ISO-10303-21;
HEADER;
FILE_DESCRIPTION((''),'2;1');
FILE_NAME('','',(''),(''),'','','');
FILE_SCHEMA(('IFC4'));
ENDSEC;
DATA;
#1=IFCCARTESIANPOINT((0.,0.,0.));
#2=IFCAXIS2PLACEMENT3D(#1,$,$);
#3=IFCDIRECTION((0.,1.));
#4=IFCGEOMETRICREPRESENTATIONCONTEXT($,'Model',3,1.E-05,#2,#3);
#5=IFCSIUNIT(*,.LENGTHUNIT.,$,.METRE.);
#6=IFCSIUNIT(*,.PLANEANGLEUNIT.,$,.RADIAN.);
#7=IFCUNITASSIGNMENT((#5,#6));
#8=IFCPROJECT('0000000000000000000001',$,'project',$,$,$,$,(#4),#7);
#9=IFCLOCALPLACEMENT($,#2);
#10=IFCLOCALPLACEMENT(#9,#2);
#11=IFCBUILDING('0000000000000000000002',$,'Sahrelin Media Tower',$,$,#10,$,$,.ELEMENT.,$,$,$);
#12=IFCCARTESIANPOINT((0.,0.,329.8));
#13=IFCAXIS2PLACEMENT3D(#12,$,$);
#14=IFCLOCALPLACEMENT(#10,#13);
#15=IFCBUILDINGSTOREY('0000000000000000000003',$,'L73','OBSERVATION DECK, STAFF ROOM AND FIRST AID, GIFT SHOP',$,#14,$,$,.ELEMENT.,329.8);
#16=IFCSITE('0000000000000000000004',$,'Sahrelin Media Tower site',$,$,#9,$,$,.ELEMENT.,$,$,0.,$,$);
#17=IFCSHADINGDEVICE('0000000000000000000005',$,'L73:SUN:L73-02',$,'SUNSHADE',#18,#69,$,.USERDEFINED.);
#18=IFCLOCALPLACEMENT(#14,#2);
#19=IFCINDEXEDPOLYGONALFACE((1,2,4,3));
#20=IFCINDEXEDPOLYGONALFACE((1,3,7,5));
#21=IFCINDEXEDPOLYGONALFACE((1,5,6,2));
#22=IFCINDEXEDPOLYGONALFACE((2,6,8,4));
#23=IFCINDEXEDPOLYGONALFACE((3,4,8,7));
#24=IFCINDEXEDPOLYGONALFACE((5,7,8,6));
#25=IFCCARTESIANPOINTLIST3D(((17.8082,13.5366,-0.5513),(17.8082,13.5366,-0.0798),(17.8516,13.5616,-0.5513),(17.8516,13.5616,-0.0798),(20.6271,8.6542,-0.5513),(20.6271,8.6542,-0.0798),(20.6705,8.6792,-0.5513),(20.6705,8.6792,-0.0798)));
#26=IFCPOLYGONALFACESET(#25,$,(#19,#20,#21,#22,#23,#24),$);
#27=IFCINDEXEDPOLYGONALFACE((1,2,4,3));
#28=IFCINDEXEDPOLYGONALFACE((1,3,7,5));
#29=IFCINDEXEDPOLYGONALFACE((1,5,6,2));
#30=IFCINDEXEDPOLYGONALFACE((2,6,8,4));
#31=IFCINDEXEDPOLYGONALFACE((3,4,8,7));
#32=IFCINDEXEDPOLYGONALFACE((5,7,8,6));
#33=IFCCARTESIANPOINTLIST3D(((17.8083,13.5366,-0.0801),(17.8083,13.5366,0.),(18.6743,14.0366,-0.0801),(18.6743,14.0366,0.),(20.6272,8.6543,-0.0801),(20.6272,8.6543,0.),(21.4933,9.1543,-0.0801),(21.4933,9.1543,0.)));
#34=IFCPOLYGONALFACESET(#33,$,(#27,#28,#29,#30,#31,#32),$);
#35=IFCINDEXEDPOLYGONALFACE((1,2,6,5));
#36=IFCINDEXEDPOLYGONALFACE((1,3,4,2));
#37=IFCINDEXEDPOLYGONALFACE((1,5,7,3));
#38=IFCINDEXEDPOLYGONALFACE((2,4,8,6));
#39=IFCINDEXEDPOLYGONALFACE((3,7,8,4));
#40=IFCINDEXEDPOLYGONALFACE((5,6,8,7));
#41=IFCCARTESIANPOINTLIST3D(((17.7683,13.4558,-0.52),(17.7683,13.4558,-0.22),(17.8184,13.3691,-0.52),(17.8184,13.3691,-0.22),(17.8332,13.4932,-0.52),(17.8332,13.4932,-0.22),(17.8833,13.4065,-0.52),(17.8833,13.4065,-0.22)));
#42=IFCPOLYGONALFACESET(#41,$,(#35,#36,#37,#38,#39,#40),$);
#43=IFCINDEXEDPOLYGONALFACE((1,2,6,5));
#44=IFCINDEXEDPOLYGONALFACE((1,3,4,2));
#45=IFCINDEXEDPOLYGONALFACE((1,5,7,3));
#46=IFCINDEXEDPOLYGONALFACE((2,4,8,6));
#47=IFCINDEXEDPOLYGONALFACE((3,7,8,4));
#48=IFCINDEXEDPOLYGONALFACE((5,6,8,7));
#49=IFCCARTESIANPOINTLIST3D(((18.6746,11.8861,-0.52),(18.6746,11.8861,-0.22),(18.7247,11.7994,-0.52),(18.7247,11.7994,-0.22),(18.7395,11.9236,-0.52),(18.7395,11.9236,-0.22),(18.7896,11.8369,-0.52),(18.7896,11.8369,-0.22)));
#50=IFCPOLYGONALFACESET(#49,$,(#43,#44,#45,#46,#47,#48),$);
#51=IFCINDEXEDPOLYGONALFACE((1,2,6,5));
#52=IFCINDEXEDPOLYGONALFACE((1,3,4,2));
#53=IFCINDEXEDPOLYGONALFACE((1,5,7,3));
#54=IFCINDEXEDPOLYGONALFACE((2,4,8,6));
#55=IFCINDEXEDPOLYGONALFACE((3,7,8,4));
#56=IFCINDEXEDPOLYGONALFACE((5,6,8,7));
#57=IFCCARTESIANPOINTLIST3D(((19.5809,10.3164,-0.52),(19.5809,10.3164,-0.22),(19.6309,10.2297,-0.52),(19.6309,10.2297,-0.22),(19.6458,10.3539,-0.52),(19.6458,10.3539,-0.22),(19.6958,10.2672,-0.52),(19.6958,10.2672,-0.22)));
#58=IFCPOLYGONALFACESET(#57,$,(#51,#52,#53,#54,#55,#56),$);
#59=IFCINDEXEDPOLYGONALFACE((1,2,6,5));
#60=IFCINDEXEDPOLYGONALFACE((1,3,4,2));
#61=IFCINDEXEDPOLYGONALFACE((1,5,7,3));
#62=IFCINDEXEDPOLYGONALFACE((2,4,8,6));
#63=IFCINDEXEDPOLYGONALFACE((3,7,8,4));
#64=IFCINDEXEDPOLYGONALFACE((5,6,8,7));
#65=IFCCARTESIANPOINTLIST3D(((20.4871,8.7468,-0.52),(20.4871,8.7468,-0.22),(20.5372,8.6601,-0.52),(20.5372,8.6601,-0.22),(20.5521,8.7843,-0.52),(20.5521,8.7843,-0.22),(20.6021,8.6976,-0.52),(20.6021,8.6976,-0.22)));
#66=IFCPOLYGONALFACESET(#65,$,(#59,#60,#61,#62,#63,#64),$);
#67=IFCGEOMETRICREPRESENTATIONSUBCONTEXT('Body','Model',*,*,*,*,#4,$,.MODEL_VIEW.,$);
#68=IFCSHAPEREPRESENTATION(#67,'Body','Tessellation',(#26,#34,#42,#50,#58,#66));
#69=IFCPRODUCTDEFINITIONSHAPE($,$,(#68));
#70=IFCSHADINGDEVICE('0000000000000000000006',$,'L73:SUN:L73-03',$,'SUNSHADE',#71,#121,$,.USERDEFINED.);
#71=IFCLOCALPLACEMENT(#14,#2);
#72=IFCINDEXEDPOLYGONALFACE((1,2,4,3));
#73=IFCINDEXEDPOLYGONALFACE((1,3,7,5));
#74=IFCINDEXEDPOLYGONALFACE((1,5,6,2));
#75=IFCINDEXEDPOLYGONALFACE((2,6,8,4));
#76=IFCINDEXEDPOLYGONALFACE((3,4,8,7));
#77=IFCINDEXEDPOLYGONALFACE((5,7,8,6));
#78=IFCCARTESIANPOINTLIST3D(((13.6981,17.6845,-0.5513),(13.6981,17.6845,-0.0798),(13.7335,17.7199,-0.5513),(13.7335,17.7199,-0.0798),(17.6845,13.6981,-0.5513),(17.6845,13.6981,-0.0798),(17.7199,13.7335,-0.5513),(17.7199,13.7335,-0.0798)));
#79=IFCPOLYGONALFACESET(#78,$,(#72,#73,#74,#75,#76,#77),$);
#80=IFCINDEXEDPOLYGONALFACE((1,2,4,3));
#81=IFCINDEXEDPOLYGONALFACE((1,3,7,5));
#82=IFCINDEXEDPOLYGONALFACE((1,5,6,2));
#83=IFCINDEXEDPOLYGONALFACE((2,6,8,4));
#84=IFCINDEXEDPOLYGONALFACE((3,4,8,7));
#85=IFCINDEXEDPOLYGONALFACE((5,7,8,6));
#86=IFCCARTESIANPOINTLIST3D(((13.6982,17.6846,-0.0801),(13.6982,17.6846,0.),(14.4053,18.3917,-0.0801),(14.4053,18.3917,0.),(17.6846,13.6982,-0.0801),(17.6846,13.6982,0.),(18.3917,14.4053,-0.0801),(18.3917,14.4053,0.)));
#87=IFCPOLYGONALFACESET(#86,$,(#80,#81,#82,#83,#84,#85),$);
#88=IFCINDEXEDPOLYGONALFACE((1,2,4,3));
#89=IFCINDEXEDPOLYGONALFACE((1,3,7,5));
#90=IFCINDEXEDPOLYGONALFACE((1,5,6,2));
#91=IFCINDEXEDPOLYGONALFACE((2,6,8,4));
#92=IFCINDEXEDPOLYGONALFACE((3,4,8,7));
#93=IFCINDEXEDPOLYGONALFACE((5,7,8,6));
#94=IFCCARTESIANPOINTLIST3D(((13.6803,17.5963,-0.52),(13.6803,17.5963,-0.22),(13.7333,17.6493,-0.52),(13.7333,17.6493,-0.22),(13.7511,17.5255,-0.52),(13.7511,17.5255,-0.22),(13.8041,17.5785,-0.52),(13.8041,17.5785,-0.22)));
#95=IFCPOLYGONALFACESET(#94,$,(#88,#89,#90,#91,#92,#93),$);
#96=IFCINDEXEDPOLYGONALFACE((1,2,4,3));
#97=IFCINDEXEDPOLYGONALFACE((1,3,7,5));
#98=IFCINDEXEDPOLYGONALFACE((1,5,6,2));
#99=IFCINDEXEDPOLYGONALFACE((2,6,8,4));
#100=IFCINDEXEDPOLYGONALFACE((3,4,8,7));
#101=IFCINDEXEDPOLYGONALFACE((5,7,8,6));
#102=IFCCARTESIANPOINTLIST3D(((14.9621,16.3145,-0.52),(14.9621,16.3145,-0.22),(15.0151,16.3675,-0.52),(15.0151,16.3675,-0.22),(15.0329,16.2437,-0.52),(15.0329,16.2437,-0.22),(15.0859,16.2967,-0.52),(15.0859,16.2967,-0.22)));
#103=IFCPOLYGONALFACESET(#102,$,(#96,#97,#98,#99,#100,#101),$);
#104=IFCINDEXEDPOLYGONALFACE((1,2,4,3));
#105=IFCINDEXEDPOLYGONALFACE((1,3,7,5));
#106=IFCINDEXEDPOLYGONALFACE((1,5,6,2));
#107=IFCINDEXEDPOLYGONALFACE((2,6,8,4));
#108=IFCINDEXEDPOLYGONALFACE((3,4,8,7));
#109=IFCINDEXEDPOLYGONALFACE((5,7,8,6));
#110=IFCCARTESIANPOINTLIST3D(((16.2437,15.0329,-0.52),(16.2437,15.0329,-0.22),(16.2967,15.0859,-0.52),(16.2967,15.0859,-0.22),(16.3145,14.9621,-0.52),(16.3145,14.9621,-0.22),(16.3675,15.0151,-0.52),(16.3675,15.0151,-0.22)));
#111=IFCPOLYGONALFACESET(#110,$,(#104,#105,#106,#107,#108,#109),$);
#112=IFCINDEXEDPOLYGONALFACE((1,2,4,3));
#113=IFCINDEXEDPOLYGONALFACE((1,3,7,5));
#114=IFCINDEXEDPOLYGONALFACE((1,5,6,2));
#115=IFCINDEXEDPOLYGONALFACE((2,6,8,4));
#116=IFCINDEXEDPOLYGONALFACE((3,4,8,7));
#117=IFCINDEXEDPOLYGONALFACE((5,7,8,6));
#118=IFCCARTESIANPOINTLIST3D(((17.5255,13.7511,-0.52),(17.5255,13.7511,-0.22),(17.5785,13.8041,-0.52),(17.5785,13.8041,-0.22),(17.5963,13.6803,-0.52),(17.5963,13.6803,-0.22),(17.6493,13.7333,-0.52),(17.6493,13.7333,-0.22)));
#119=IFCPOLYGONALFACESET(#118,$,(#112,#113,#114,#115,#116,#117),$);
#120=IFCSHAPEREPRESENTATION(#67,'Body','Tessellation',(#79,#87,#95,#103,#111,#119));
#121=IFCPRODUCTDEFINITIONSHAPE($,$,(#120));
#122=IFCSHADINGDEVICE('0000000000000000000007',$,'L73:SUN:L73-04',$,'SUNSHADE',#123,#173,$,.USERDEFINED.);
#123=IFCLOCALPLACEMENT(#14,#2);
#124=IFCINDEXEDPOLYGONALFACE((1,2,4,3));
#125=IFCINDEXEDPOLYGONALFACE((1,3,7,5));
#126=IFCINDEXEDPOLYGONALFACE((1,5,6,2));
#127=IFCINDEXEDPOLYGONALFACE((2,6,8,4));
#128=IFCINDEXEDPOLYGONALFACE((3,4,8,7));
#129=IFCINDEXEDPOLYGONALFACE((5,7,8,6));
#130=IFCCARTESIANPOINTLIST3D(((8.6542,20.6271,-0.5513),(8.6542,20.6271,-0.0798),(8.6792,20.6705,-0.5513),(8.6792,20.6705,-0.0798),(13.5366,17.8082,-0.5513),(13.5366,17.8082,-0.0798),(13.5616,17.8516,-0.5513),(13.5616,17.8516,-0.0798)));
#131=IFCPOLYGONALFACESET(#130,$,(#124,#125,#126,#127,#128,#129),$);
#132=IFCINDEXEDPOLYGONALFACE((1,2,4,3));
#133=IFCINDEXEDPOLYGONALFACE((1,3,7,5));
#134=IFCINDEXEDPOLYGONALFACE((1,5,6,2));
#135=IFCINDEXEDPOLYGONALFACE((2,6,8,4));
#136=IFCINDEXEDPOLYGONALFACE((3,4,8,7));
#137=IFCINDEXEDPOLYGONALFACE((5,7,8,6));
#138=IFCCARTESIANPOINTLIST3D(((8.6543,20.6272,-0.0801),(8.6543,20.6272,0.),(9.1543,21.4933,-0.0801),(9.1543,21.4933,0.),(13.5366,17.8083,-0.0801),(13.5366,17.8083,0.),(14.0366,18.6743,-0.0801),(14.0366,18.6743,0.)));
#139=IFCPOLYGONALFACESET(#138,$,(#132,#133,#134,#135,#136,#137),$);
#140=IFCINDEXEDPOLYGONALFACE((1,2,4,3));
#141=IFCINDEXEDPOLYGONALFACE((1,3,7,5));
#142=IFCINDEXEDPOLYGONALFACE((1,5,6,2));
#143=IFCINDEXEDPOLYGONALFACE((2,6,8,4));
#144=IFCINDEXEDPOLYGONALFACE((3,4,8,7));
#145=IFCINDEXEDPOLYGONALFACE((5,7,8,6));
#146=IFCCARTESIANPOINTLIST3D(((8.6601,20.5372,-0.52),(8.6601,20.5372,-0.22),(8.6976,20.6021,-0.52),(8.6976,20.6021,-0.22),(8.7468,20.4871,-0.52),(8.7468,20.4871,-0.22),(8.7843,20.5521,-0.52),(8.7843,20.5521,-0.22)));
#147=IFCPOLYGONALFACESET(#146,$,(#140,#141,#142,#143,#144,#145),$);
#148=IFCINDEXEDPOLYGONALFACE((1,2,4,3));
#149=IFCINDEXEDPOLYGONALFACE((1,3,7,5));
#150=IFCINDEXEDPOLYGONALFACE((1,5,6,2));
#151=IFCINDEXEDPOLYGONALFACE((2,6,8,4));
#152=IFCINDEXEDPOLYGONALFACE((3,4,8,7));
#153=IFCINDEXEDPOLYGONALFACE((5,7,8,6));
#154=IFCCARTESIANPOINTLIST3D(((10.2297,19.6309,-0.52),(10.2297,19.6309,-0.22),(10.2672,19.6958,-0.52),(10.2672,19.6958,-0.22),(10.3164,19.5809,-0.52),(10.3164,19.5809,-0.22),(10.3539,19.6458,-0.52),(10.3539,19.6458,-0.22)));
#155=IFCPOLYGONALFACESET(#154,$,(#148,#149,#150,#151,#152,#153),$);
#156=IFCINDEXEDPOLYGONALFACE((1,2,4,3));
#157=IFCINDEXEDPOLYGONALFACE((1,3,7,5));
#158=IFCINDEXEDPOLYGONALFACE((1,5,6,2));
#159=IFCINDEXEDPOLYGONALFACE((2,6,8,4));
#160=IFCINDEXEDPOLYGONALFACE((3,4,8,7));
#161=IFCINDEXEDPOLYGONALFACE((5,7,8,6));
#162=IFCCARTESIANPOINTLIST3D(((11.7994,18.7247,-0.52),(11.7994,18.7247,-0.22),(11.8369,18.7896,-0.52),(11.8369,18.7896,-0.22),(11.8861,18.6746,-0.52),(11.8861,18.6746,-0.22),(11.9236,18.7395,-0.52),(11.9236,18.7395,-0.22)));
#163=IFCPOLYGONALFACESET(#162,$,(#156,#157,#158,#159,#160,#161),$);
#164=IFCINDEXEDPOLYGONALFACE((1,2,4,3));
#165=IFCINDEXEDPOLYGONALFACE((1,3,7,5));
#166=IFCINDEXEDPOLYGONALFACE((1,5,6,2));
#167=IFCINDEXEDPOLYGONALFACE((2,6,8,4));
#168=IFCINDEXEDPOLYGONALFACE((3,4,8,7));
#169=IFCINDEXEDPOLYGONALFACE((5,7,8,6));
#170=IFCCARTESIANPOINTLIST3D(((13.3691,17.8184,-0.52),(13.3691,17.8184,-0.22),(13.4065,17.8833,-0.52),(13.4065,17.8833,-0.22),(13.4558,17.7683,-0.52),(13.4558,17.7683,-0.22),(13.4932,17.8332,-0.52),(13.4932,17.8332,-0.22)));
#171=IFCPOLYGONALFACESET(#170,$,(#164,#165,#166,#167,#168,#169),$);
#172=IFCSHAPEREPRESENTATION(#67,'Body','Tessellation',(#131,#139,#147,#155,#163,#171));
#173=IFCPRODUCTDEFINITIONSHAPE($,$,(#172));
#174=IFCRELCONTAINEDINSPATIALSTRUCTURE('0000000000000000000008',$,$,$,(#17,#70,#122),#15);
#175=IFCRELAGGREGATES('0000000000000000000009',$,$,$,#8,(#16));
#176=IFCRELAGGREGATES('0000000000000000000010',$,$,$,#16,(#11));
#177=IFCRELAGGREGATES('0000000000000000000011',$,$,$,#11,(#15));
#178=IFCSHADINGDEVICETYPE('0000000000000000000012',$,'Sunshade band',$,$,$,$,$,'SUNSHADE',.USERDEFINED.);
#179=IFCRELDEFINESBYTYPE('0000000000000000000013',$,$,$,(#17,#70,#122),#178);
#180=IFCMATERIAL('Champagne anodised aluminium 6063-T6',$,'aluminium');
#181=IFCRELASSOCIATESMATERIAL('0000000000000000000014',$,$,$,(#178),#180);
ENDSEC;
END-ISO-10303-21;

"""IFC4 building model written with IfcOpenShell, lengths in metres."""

from ifc_helpers import new_model, si_unit, direction, frame, origin, origin_2d, place, context, subcontext, project, spatial, rectangle, extrude, material, type_object, element, save


model = new_model("IFC4")

# Units and contexts
model_context = context("Model", 3, precision=1e-05, world=origin(), true_north=direction((0.0, 1.0)))
body_context = subcontext(model_context, "Body", "Model", "MODEL_VIEW")
ifc_project = project(units=[si_unit("LENGTHUNIT", "METRE"), si_unit("PLANEANGLEUNIT", "RADIAN")], contexts=[model_context])

# Site, building, storey
site_placement = place(None, origin())
site = spatial("IfcSite", under=ifc_project, at=site_placement, Name="Sahrelin Media Tower site", CompositionType="ELEMENT", RefElevation=0.0)
building_placement = place(site_placement, origin())
building = spatial("IfcBuilding", under=site, at=building_placement, Name="Sahrelin Media Tower", CompositionType="ELEMENT")
storey_placement = place(building_placement, frame((0.0, 0.0, 329.8)))
storey = spatial("IfcBuildingStorey", under=building, at=storey_placement, Name="L73", Description="OBSERVATION DECK, STAFF ROOM AND FIRST AID, GIFT SHOP", CompositionType="ELEMENT", Elevation=329.8)

# Shared definitions
ifc_material_1 = material(Name="Champagne anodised aluminium 6063-T6", Category="aluminium")

# Shading devices
placement_1 = place(storey_placement, frame((19.2004, 11.0854, 0.0), z_axis=(0.0, 0.0, 1.0), x_axis=(0.500011, -0.866019, 0.0)))
placement_2 = place(storey_placement, frame((15.6772, 15.6772, 0.0), z_axis=(0.0, 0.0, 1.0), x_axis=(0.707107, -0.707107, 0.0)))
placement_3 = place(storey_placement, frame((11.0854, 19.2004, 0.0), z_axis=(0.0, 0.0, 1.0), x_axis=(0.866019, -0.500011, 0.0)))
shading_device_type_1 = type_object("IfcShadingDeviceType", Name="Sunshade band", ElementType="SUNSHADE", PredefinedType="USERDEFINED", material=ifc_material_1)
element("IfcShadingDevice", 1, at=placement_1, inside=storey, type_object=shading_device_type_1, Name="L73:SUN:L73-02", ObjectType="SUNSHADE", PredefinedType="USERDEFINED", context=body_context, shape_type="SweptSolid", body=[
    extrude(rectangle(XDim=5.6377, YDim=0.05, at=origin_2d()), frame((0.0, 0.0449, -0.5513)), (0.0, 0.0, 1.0), 0.4714),
    extrude(rectangle(XDim=5.6377, YDim=1.0, at=origin_2d()), frame((0.0, 0.52, -0.0801)), (0.0, 0.0, 1.0), 0.0801),
    extrude(rectangle(XDim=0.1001, YDim=0.075, at=origin_2d()), frame((-2.7188, -0.0176, -0.52)), (0.0, 0.0, 1.0), 0.3),
    extrude(rectangle(XDim=0.1001, YDim=0.075, at=origin_2d()), frame((-0.9062, -0.0176, -0.52)), (0.0, 0.0, 1.0), 0.3),
    extrude(rectangle(XDim=0.1001, YDim=0.075, at=origin_2d()), frame((0.9062, -0.0176, -0.52)), (0.0, 0.0, 1.0), 0.3),
    extrude(rectangle(XDim=0.1001, YDim=0.075, at=origin_2d()), frame((2.7188, -0.0176, -0.52)), (0.0, 0.0, 1.0), 0.3),
])
element("IfcShadingDevice", 2, at=placement_2, inside=storey, type_object=shading_device_type_1, Name="L73:SUN:L73-03", ObjectType="SUNSHADE", PredefinedType="USERDEFINED", context=body_context, shape_type="SweptSolid", body=[
    extrude(rectangle(XDim=5.6377, YDim=0.05, at=origin_2d()), frame((0.0, 0.0449, -0.5513)), (0.0, 0.0, 1.0), 0.4714),
    extrude(rectangle(XDim=5.6377, YDim=1.0, at=origin_2d()), frame((0.0, 0.52, -0.0801)), (0.0, 0.0, 1.0), 0.0801),
    extrude(rectangle(XDim=0.1001, YDim=0.075, at=origin_2d()), frame((-2.719, -0.0176, -0.52)), (0.0, 0.0, 1.0), 0.3),
    extrude(rectangle(XDim=0.1001, YDim=0.075, at=origin_2d()), frame((-0.9062, -0.0176, -0.52)), (0.0, 0.0, 1.0), 0.3),
    extrude(rectangle(XDim=0.1001, YDim=0.075, at=origin_2d()), frame((0.9062, -0.0176, -0.52)), (0.0, 0.0, 1.0), 0.3),
    extrude(rectangle(XDim=0.1001, YDim=0.075, at=origin_2d()), frame((2.719, -0.0176, -0.52)), (0.0, 0.0, 1.0), 0.3),
])
element("IfcShadingDevice", 3, at=placement_3, inside=storey, type_object=shading_device_type_1, Name="L73:SUN:L73-04", ObjectType="SUNSHADE", PredefinedType="USERDEFINED", context=body_context, shape_type="SweptSolid", body=[
    extrude(rectangle(XDim=5.6377, YDim=0.05, at=origin_2d()), frame((0.0, 0.0449, -0.5513)), (0.0, 0.0, 1.0), 0.4714),
    extrude(rectangle(XDim=5.6377, YDim=1.0, at=origin_2d()), frame((0.0, 0.52, -0.0801)), (0.0, 0.0, 1.0), 0.0801),
    extrude(rectangle(XDim=0.1001, YDim=0.075, at=origin_2d()), frame((-2.7188, -0.0176, -0.52)), (0.0, 0.0, 1.0), 0.3),
    extrude(rectangle(XDim=0.1001, YDim=0.075, at=origin_2d()), frame((-0.9062, -0.0176, -0.52)), (0.0, 0.0, 1.0), 0.3),
    extrude(rectangle(XDim=0.1001, YDim=0.075, at=origin_2d()), frame((0.9062, -0.0176, -0.52)), (0.0, 0.0, 1.0), 0.3),
    extrude(rectangle(XDim=0.1001, YDim=0.075, at=origin_2d()), frame((2.7188, -0.0176, -0.52)), (0.0, 0.0, 1.0), 0.3),
])

save(model, "model.ifc")
